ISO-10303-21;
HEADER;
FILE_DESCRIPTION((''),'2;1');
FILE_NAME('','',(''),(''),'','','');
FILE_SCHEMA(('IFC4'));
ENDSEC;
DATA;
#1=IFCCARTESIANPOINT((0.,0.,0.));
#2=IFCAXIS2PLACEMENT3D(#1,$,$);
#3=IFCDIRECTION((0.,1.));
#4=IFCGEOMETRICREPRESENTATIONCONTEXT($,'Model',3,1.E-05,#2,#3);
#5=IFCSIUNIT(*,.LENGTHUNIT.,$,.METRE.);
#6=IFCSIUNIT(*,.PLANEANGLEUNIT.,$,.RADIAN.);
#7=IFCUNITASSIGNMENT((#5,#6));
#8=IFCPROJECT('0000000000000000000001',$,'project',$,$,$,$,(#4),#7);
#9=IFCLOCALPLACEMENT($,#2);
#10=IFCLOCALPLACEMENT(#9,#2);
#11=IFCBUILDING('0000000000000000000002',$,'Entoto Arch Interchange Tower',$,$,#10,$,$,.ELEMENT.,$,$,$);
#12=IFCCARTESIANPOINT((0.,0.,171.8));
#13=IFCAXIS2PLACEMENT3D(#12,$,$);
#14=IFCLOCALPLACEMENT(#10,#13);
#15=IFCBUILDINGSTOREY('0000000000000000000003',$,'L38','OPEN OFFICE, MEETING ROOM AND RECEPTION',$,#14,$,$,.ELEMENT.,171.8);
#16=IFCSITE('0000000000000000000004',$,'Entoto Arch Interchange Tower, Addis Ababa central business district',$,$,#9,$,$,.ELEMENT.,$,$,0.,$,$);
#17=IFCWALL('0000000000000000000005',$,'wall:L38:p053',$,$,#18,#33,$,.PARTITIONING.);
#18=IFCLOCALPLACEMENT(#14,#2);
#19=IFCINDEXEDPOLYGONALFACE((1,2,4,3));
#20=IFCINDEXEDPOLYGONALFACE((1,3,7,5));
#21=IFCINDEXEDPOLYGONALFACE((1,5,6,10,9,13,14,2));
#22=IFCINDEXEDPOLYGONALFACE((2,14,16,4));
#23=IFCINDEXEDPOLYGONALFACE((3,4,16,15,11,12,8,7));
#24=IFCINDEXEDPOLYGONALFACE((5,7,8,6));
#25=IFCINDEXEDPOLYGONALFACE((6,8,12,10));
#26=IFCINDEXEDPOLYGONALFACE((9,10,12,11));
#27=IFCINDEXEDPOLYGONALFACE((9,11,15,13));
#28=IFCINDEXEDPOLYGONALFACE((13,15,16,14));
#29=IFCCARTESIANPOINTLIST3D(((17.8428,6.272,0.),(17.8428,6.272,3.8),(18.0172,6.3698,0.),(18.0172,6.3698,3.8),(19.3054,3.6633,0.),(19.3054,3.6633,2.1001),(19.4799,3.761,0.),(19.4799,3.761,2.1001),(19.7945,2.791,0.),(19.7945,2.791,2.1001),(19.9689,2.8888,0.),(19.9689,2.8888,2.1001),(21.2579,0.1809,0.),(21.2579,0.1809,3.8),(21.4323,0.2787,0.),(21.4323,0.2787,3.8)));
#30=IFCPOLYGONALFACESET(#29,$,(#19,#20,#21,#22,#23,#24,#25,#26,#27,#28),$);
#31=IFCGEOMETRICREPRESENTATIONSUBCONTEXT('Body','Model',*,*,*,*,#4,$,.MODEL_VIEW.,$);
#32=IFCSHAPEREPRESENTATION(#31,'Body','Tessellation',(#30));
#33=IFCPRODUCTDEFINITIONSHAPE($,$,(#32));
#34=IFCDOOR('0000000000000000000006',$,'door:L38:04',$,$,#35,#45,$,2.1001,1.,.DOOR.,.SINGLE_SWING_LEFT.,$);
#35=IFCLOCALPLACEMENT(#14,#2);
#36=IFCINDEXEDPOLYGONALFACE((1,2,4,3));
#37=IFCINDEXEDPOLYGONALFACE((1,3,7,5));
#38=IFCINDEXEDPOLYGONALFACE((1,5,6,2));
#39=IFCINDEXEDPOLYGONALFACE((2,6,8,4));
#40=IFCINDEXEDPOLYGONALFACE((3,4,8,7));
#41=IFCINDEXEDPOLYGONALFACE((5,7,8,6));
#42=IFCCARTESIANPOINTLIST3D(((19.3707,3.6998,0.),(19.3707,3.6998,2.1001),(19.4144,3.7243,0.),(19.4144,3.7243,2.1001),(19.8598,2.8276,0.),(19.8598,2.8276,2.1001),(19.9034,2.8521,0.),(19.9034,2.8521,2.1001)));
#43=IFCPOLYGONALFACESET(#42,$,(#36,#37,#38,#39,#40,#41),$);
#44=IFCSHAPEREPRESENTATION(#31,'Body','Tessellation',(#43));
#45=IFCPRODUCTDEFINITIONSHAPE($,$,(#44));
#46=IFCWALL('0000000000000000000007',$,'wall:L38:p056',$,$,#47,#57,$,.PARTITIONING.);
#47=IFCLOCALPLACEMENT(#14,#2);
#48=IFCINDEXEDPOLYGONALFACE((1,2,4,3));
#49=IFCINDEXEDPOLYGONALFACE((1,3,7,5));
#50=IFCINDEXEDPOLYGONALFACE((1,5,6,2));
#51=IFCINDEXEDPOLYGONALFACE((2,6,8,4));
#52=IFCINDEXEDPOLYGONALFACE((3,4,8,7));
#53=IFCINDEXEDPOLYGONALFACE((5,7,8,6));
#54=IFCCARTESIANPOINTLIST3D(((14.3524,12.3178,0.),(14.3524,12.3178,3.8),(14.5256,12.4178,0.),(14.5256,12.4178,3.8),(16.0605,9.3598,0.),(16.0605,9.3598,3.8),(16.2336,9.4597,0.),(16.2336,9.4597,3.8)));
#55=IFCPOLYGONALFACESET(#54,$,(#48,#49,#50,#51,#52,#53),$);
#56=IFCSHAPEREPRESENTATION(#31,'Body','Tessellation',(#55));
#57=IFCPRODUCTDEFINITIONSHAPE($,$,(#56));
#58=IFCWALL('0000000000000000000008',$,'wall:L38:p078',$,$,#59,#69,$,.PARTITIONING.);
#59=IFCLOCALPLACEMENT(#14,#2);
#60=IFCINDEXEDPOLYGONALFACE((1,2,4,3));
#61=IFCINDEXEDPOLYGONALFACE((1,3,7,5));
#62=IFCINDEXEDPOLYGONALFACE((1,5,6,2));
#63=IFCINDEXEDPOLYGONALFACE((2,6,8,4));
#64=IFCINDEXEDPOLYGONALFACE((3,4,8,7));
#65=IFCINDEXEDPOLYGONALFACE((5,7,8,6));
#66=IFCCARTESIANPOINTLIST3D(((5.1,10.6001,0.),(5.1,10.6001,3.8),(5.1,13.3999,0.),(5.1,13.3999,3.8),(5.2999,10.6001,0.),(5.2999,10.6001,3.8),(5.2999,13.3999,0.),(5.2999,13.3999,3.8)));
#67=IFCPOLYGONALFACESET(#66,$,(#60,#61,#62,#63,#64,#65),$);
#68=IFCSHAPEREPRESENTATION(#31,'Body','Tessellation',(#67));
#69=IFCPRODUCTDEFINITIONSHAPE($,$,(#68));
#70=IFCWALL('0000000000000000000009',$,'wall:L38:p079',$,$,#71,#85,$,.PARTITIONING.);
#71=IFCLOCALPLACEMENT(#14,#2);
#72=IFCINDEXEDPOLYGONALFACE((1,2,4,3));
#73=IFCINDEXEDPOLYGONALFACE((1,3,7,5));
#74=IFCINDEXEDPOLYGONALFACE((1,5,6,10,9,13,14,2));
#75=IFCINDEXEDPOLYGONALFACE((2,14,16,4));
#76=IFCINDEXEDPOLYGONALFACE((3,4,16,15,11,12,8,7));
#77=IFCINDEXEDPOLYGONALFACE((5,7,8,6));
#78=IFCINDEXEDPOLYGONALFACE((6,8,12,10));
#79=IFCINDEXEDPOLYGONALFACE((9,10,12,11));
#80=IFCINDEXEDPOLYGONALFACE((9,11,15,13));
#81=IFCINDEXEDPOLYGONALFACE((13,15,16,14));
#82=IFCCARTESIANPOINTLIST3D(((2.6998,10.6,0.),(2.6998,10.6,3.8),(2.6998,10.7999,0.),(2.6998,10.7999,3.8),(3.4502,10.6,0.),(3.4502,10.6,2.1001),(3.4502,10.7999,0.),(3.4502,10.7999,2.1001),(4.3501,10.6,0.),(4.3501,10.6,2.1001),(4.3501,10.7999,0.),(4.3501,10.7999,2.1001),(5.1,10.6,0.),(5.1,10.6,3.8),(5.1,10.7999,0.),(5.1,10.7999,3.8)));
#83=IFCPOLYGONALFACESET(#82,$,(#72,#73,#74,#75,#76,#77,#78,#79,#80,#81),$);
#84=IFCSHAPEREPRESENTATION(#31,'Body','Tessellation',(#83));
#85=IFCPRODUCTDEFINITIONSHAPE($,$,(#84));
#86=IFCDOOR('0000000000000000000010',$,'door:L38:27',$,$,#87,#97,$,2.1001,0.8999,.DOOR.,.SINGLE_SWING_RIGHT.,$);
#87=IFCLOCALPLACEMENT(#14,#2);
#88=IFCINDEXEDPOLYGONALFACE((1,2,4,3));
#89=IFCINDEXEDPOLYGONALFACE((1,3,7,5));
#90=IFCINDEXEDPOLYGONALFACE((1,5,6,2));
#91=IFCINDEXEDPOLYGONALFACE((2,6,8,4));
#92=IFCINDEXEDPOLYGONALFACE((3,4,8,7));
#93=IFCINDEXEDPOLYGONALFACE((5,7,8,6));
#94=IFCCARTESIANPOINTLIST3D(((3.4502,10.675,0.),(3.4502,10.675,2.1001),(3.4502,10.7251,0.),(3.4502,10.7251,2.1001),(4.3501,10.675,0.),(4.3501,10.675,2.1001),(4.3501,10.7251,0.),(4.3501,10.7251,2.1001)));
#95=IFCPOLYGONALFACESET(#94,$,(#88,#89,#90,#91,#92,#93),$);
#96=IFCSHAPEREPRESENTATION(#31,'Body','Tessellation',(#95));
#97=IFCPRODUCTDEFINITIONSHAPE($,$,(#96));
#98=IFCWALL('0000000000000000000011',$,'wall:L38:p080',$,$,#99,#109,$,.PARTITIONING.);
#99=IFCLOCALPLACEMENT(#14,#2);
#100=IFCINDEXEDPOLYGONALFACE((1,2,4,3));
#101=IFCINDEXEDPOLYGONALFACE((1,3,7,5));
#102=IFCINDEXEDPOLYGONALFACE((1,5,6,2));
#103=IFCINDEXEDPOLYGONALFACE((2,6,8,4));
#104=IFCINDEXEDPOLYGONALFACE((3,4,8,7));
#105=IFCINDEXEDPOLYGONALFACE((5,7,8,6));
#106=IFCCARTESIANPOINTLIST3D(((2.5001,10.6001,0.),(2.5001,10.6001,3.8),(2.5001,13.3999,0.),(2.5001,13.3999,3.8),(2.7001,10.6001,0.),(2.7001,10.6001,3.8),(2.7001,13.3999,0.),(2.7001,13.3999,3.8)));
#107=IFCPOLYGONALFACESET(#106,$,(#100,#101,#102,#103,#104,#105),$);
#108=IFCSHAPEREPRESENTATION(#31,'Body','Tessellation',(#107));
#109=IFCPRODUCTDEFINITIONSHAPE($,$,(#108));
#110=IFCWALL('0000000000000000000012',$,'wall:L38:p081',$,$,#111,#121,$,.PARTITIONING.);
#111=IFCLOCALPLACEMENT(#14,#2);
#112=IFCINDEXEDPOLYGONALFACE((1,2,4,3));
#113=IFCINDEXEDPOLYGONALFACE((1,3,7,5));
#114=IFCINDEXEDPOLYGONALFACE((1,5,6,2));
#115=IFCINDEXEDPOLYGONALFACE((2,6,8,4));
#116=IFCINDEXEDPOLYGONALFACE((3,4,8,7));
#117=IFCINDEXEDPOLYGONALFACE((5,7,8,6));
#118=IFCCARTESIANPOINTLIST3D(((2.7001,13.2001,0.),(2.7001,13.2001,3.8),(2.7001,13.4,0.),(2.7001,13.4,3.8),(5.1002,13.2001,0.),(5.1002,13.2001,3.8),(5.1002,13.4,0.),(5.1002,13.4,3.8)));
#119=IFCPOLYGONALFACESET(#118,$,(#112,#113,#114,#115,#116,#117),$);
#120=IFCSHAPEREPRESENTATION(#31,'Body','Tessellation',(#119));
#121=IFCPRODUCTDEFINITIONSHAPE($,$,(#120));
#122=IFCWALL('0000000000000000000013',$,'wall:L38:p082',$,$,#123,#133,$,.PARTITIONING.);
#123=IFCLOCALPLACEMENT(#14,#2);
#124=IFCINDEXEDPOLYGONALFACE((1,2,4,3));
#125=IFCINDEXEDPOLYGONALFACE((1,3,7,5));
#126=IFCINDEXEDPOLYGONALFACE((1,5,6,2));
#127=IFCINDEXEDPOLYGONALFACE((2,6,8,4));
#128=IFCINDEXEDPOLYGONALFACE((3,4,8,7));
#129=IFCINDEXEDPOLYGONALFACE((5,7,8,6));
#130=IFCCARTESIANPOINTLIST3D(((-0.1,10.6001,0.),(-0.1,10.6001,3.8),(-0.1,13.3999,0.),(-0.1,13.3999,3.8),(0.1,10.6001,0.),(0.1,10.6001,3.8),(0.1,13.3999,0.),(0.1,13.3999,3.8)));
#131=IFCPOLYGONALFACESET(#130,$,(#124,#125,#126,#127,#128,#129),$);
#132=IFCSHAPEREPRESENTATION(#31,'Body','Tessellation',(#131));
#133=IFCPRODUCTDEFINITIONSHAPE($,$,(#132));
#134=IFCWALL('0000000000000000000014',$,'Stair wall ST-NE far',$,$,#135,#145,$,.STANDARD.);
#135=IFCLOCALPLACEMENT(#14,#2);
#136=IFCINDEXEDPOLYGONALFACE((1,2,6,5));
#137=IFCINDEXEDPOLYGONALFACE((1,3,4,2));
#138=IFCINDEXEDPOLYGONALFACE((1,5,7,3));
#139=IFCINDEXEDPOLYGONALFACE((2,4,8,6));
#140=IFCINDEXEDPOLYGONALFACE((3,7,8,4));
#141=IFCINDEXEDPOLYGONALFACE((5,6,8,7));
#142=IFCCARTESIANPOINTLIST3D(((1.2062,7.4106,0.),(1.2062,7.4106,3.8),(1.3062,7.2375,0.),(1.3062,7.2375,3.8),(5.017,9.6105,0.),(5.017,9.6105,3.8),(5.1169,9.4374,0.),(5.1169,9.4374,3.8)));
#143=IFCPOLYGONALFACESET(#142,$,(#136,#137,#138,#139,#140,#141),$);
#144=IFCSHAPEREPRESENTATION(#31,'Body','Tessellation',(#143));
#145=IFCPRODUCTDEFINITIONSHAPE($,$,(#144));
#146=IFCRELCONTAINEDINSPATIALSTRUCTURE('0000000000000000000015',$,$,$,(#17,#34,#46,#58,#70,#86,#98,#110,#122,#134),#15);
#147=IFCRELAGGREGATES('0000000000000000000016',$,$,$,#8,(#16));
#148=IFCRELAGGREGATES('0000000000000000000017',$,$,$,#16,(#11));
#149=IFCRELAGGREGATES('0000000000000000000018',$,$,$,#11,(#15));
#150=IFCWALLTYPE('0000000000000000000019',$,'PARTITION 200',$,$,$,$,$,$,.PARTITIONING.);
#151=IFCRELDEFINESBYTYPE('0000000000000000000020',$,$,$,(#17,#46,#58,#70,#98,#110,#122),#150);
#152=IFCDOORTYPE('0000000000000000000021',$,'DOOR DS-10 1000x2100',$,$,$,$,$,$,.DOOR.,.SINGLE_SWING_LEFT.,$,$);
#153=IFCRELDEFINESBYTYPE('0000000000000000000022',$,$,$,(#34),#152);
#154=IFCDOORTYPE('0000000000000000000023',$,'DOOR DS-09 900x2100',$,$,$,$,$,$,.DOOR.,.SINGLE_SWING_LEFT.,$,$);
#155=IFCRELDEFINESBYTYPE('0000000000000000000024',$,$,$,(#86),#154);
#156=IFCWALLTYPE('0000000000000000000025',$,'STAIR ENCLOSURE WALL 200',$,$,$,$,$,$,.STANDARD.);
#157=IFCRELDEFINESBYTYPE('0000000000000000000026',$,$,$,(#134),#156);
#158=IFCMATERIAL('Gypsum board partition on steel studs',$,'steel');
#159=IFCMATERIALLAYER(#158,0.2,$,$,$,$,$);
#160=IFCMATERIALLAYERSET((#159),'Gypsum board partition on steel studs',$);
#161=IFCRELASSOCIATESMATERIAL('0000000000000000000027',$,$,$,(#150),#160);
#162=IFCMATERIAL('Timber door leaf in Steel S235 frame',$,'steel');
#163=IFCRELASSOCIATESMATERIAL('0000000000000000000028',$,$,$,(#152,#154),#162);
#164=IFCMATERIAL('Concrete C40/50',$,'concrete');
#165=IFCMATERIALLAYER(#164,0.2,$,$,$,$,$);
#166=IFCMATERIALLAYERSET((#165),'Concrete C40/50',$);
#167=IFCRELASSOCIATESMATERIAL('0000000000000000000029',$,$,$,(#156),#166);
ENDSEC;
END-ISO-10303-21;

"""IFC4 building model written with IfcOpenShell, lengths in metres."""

from ifc_helpers import new_model, si_unit, direction, frame, frame_2d, origin, place, context, subcontext, project, spatial, rectangle, extrude, material, layer, layer_set, type_object, element, fill, save


model = new_model("IFC4")

# Units and contexts
model_context = context("Model", 3, precision=1e-05, world=origin(), true_north=direction((0.0, 1.0)))
body_context = subcontext(model_context, "Body", "Model", "MODEL_VIEW")
ifc_project = project(units=[si_unit("LENGTHUNIT", "METRE"), si_unit("PLANEANGLEUNIT", "RADIAN")], contexts=[model_context])

# Site, building, storey
site_placement = place(None, origin())
site = spatial("IfcSite", under=ifc_project, at=site_placement, Name="Entoto Arch Interchange Tower, Addis Ababa central business district", CompositionType="ELEMENT", RefElevation=0.0)
building_placement = place(site_placement, origin())
building = spatial("IfcBuilding", under=site, at=building_placement, Name="Entoto Arch Interchange Tower", CompositionType="ELEMENT")
storey_placement = place(building_placement, frame((0.0, 0.0, 171.8)))
storey = spatial("IfcBuildingStorey", under=building, at=storey_placement, Name="L38", Description="OPEN OFFICE, MEETING ROOM AND RECEPTION", CompositionType="ELEMENT", Elevation=171.8)

# Shared definitions
ifc_material_1 = material(Name="Gypsum board partition on steel studs", Category="steel")
ifc_layer_1 = layer(ifc_material_1, 0.2)
ifc_layer_set_1 = layer_set([ifc_layer_1], Name="Gypsum board partition on steel studs")
wall_type_1 = type_object("IfcWallType", Name="PARTITION 200", PredefinedType="PARTITIONING", material=ifc_layer_set_1)

# Wall, opening, door
wall_1_placement = place(storey_placement, frame((17.9299, 6.321, 0.0), z_axis=(0.0, 0.0, 1.0), x_axis=(0.489044, -0.872259, 0.0)))
wall_1 = element("IfcWall", 1, at=wall_1_placement, inside=storey, type_object=wall_type_1, Name="wall:L38:p053", PredefinedType="PARTITIONING", context=body_context, shape_type="SweptSolid", body=[
    extrude(rectangle(XDim=6.9832, YDim=0.2, at=frame_2d((3.4917, 0.0))), origin(), (0.0, 0.0, 1.0), 3.8),
])
opening_1_placement = place(wall_1_placement, frame((2.991, 0.0, 0.0)))
opening_1 = element("IfcOpeningElement", 2, at=opening_1_placement, cuts=wall_1, PredefinedType="OPENING", context=body_context, shape_type="SweptSolid", body=[
    extrude(rectangle(XDim=1.0, YDim=2.1001, at=frame_2d((0.5, 1.05))), frame((0.0, 0.1099, 0.0), z_axis=(0.0, -1.0, 0.0), x_axis=(1.0, 0.0, 0.0)), (0.0, 0.0, 1.0), 0.22),
])
ifc_material_2 = material(Name="Timber door leaf in Steel S235 frame", Category="steel")
door_type_1 = type_object("IfcDoorType", Name="DOOR DS-10 1000x2100", OperationType="SINGLE_SWING_LEFT", PredefinedType="DOOR", material=ifc_material_2)
door_1_placement = place(opening_1_placement, origin())
door_1 = element("IfcDoor", 3, at=door_1_placement, inside=storey, type_object=door_type_1, Name="door:L38:04", OperationType="SINGLE_SWING_LEFT", OverallHeight=2.1001, OverallWidth=1.0, PredefinedType="DOOR", context=body_context, shape_type="SweptSolid", body=[
    extrude(rectangle(XDim=1.0, YDim=2.1001, at=frame_2d((0.5, 1.05))), frame((0.0, 0.0249, 0.0), z_axis=(0.0, -1.0, 0.0), x_axis=(1.0, 0.0, 0.0)), (0.0, 0.0, 1.0), 0.05),
])
fill(opening_1, door_1)

# Walls
wall_2_placement = place(storey_placement, frame((14.439, 12.3679, 0.0), z_axis=(0.0, 0.0, 1.0), x_axis=(0.500044, -0.866, 0.0)))
element("IfcWall", 4, at=wall_2_placement, inside=storey, type_object=wall_type_1, Name="wall:L38:p056", PredefinedType="PARTITIONING", context=body_context, shape_type="SweptSolid", body=[
    extrude(rectangle(XDim=3.4158, YDim=0.2, at=frame_2d((1.708, 0.0))), origin(), (0.0, 0.0, 1.0), 3.8),
])
wall_3_placement = place(storey_placement, frame((5.2, 13.3999, 0.0), z_axis=(0.0, 0.0, 1.0), x_axis=(0.0, -1.0, 0.0)))
element("IfcWall", 5, at=wall_3_placement, inside=storey, type_object=wall_type_1, Name="wall:L38:p078", PredefinedType="PARTITIONING", context=body_context, shape_type="SweptSolid", body=[
    extrude(rectangle(XDim=2.7998, YDim=0.2, at=frame_2d((1.3999, 0.0))), origin(), (0.0, 0.0, 1.0), 3.8),
])

# Wall, opening, door
wall_4_placement = place(storey_placement, frame((5.1001, 10.7, 0.0), z_axis=(0.0, 0.0, 1.0), x_axis=(-1.0, 0.0, 0.0)))
wall_4 = element("IfcWall", 6, at=wall_4_placement, inside=storey, type_object=wall_type_1, Name="wall:L38:p079", PredefinedType="PARTITIONING", context=body_context, shape_type="SweptSolid", body=[
    extrude(rectangle(XDim=2.4001, YDim=0.2, at=frame_2d((1.2002, 0.0))), origin(), (0.0, 0.0, 1.0), 3.8),
])
opening_2_placement = place(wall_4_placement, frame((0.75, 0.0, 0.0)))
opening_2 = element("IfcOpeningElement", 7, at=opening_2_placement, cuts=wall_4, PredefinedType="OPENING", context=body_context, shape_type="SweptSolid", body=[
    extrude(rectangle(XDim=0.8999, YDim=2.1001, at=frame_2d((0.45, 1.05))), frame((0.0, 0.1099, 0.0), z_axis=(0.0, -1.0, 0.0), x_axis=(1.0, 0.0, 0.0)), (0.0, 0.0, 1.0), 0.22),
])
door_type_2 = type_object("IfcDoorType", Name="DOOR DS-09 900x2100", OperationType="SINGLE_SWING_LEFT", PredefinedType="DOOR", material=ifc_material_2)
door_2_placement = place(opening_2_placement, origin())
door_2 = element("IfcDoor", 8, at=door_2_placement, inside=storey, type_object=door_type_2, Name="door:L38:27", OperationType="SINGLE_SWING_RIGHT", OverallHeight=2.1001, OverallWidth=0.8999, PredefinedType="DOOR", context=body_context, shape_type="SweptSolid", body=[
    extrude(rectangle(XDim=0.8999, YDim=2.1001, at=frame_2d((0.45, 1.05))), frame((0.0, 0.0249, 0.0), z_axis=(0.0, -1.0, 0.0), x_axis=(1.0, 0.0, 0.0)), (0.0, 0.0, 1.0), 0.05),
])
fill(opening_2, door_2)

# Walls
wall_5_placement = place(storey_placement, frame((2.6001, 10.6001, 0.0), z_axis=(0.0, 0.0, 1.0), x_axis=(0.0, 1.0, 0.0)))
element("IfcWall", 9, at=wall_5_placement, inside=storey, type_object=wall_type_1, Name="wall:L38:p080", PredefinedType="PARTITIONING", context=body_context, shape_type="SweptSolid", body=[
    extrude(rectangle(XDim=2.7998, YDim=0.2, at=frame_2d((1.3999, 0.0))), origin(), (0.0, 0.0, 1.0), 3.8),
])
wall_6_placement = place(storey_placement, frame((2.7, 13.3, 0.0), z_axis=(0.0, 0.0, 1.0), x_axis=(1.0, 0.0, 0.0)))
element("IfcWall", 10, at=wall_6_placement, inside=storey, type_object=wall_type_1, Name="wall:L38:p081", PredefinedType="PARTITIONING", context=body_context, shape_type="SweptSolid", body=[
    extrude(rectangle(XDim=2.4001, YDim=0.2, at=frame_2d((1.2002, 0.0))), origin(), (0.0, 0.0, 1.0), 3.8),
])
wall_7_placement = place(storey_placement, frame((0.0, 13.3999, 0.0), z_axis=(0.0, 0.0, 1.0), x_axis=(0.0, -1.0, 0.0)))
element("IfcWall", 11, at=wall_7_placement, inside=storey, type_object=wall_type_1, Name="wall:L38:p082", PredefinedType="PARTITIONING", context=body_context, shape_type="SweptSolid", body=[
    extrude(rectangle(XDim=2.7998, YDim=0.2, at=frame_2d((1.3999, 0.0))), origin(), (0.0, 0.0, 1.0), 3.8),
])
ifc_material_3 = material(Name="Concrete C40/50", Category="concrete")
ifc_layer_2 = layer(ifc_material_3, 0.2)
ifc_layer_set_2 = layer_set([ifc_layer_2], Name="Concrete C40/50")
wall_type_2 = type_object("IfcWallType", Name="STAIR ENCLOSURE WALL 200", PredefinedType="STANDARD", material=ifc_layer_set_2)
wall_8_placement = place(storey_placement, frame((1.2561, 7.324, 0.0), z_axis=(0.0, 0.0, 1.0), x_axis=(0.866046, 0.499964, 0.0)))
element("IfcWall", 12, at=wall_8_placement, inside=storey, type_object=wall_type_2, Name="Stair wall ST-NE far", PredefinedType="STANDARD", context=body_context, shape_type="SweptSolid", body=[
    extrude(rectangle(XDim=4.4001, YDim=0.2, at=frame_2d((2.2002, 0.0))), origin(), (0.0, 0.0, 1.0), 3.8),
])

save(model, "model.ifc")
